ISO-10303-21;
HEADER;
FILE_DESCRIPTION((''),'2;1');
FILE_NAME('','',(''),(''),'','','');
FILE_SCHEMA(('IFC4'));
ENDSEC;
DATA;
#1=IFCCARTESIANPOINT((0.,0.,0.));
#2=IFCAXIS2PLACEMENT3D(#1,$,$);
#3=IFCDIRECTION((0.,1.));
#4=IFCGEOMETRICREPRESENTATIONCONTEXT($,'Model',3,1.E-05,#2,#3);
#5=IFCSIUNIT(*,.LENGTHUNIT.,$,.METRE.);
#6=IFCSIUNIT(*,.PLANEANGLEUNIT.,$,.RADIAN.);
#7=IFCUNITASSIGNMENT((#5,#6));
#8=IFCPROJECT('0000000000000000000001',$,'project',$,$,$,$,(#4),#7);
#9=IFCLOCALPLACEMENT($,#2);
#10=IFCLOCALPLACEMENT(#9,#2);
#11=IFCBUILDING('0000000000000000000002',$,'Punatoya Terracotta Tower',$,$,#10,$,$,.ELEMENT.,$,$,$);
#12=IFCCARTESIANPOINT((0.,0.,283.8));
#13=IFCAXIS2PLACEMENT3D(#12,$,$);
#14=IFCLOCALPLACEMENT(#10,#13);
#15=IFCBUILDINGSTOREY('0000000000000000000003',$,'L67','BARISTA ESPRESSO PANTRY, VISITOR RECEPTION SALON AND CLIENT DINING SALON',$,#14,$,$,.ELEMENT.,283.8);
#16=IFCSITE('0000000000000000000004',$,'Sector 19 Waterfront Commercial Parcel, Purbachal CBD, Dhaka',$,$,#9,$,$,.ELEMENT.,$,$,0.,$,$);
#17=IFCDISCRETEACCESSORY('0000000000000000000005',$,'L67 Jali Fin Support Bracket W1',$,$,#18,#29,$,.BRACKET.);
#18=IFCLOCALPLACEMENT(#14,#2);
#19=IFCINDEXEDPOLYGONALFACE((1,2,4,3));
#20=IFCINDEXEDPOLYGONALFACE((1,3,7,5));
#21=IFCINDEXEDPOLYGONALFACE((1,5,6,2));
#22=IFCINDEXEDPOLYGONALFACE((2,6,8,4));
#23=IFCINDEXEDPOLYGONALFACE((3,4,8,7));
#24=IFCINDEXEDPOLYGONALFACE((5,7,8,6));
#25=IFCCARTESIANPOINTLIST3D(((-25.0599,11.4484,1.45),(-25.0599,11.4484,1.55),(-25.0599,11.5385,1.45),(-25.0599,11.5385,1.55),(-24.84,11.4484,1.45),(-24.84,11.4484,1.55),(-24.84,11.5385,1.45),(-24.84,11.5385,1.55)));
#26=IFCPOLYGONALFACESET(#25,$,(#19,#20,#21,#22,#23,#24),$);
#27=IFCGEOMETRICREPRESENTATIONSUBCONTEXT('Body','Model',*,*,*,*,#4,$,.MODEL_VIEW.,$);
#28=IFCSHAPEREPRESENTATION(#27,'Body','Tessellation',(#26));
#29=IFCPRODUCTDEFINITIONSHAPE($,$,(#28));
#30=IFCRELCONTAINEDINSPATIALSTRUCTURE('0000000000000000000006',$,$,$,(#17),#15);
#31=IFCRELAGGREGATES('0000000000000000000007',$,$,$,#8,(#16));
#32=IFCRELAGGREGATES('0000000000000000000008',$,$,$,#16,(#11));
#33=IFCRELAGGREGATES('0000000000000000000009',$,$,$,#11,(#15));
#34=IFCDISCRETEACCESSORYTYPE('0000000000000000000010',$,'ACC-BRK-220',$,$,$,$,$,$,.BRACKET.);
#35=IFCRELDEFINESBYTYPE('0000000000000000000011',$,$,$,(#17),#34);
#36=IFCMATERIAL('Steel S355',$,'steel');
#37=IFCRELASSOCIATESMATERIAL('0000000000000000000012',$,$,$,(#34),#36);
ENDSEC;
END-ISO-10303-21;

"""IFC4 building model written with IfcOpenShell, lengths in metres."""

from ifc_helpers import new_model, si_unit, direction, frame, origin, origin_2d, place, context, subcontext, project, spatial, rectangle, extrude, material, type_object, element, save


model = new_model("IFC4")

# Units and contexts
model_context = context("Model", 3, precision=1e-05, world=origin(), true_north=direction((0.0, 1.0)))
body_context = subcontext(model_context, "Body", "Model", "MODEL_VIEW")
ifc_project = project(units=[si_unit("LENGTHUNIT", "METRE"), si_unit("PLANEANGLEUNIT", "RADIAN")], contexts=[model_context])

# Site, building, storey
site_placement = place(None, origin())
site = spatial("IfcSite", under=ifc_project, at=site_placement, Name="Sector 19 Waterfront Commercial Parcel, Purbachal CBD, Dhaka", CompositionType="ELEMENT", RefElevation=0.0)
building_placement = place(site_placement, origin())
building = spatial("IfcBuilding", under=site, at=building_placement, Name="Punatoya Terracotta Tower", CompositionType="ELEMENT")
storey_placement = place(building_placement, frame((0.0, 0.0, 283.8)))
storey = spatial("IfcBuildingStorey", under=building, at=storey_placement, Name="L67", Description="BARISTA ESPRESSO PANTRY, VISITOR RECEPTION SALON AND CLIENT DINING SALON", CompositionType="ELEMENT", Elevation=283.8)

# Shared definitions
ifc_material_1 = material(Name="Steel S355", Category="steel")

# Discrete accessory
discrete_accessory_type = type_object("IfcDiscreteAccessoryType", Name="ACC-BRK-220", PredefinedType="BRACKET", material=ifc_material_1)
discrete_accessory_placement = place(storey_placement, frame((-24.95, 11.4934, 1.45), z_axis=(0.0, 0.0, 1.0), x_axis=(0.0, -1.0, 0.0)))
element("IfcDiscreteAccessory", 1, at=discrete_accessory_placement, inside=storey, type_object=discrete_accessory_type, Name="L67 Jali Fin Support Bracket W1", PredefinedType="BRACKET", context=body_context, shape_type="SweptSolid", body=[
    extrude(rectangle(XDim=0.0901, YDim=0.22, at=origin_2d()), origin(), (0.0, 0.0, 1.0), 0.1001),
])

save(model, "model.ifc")
